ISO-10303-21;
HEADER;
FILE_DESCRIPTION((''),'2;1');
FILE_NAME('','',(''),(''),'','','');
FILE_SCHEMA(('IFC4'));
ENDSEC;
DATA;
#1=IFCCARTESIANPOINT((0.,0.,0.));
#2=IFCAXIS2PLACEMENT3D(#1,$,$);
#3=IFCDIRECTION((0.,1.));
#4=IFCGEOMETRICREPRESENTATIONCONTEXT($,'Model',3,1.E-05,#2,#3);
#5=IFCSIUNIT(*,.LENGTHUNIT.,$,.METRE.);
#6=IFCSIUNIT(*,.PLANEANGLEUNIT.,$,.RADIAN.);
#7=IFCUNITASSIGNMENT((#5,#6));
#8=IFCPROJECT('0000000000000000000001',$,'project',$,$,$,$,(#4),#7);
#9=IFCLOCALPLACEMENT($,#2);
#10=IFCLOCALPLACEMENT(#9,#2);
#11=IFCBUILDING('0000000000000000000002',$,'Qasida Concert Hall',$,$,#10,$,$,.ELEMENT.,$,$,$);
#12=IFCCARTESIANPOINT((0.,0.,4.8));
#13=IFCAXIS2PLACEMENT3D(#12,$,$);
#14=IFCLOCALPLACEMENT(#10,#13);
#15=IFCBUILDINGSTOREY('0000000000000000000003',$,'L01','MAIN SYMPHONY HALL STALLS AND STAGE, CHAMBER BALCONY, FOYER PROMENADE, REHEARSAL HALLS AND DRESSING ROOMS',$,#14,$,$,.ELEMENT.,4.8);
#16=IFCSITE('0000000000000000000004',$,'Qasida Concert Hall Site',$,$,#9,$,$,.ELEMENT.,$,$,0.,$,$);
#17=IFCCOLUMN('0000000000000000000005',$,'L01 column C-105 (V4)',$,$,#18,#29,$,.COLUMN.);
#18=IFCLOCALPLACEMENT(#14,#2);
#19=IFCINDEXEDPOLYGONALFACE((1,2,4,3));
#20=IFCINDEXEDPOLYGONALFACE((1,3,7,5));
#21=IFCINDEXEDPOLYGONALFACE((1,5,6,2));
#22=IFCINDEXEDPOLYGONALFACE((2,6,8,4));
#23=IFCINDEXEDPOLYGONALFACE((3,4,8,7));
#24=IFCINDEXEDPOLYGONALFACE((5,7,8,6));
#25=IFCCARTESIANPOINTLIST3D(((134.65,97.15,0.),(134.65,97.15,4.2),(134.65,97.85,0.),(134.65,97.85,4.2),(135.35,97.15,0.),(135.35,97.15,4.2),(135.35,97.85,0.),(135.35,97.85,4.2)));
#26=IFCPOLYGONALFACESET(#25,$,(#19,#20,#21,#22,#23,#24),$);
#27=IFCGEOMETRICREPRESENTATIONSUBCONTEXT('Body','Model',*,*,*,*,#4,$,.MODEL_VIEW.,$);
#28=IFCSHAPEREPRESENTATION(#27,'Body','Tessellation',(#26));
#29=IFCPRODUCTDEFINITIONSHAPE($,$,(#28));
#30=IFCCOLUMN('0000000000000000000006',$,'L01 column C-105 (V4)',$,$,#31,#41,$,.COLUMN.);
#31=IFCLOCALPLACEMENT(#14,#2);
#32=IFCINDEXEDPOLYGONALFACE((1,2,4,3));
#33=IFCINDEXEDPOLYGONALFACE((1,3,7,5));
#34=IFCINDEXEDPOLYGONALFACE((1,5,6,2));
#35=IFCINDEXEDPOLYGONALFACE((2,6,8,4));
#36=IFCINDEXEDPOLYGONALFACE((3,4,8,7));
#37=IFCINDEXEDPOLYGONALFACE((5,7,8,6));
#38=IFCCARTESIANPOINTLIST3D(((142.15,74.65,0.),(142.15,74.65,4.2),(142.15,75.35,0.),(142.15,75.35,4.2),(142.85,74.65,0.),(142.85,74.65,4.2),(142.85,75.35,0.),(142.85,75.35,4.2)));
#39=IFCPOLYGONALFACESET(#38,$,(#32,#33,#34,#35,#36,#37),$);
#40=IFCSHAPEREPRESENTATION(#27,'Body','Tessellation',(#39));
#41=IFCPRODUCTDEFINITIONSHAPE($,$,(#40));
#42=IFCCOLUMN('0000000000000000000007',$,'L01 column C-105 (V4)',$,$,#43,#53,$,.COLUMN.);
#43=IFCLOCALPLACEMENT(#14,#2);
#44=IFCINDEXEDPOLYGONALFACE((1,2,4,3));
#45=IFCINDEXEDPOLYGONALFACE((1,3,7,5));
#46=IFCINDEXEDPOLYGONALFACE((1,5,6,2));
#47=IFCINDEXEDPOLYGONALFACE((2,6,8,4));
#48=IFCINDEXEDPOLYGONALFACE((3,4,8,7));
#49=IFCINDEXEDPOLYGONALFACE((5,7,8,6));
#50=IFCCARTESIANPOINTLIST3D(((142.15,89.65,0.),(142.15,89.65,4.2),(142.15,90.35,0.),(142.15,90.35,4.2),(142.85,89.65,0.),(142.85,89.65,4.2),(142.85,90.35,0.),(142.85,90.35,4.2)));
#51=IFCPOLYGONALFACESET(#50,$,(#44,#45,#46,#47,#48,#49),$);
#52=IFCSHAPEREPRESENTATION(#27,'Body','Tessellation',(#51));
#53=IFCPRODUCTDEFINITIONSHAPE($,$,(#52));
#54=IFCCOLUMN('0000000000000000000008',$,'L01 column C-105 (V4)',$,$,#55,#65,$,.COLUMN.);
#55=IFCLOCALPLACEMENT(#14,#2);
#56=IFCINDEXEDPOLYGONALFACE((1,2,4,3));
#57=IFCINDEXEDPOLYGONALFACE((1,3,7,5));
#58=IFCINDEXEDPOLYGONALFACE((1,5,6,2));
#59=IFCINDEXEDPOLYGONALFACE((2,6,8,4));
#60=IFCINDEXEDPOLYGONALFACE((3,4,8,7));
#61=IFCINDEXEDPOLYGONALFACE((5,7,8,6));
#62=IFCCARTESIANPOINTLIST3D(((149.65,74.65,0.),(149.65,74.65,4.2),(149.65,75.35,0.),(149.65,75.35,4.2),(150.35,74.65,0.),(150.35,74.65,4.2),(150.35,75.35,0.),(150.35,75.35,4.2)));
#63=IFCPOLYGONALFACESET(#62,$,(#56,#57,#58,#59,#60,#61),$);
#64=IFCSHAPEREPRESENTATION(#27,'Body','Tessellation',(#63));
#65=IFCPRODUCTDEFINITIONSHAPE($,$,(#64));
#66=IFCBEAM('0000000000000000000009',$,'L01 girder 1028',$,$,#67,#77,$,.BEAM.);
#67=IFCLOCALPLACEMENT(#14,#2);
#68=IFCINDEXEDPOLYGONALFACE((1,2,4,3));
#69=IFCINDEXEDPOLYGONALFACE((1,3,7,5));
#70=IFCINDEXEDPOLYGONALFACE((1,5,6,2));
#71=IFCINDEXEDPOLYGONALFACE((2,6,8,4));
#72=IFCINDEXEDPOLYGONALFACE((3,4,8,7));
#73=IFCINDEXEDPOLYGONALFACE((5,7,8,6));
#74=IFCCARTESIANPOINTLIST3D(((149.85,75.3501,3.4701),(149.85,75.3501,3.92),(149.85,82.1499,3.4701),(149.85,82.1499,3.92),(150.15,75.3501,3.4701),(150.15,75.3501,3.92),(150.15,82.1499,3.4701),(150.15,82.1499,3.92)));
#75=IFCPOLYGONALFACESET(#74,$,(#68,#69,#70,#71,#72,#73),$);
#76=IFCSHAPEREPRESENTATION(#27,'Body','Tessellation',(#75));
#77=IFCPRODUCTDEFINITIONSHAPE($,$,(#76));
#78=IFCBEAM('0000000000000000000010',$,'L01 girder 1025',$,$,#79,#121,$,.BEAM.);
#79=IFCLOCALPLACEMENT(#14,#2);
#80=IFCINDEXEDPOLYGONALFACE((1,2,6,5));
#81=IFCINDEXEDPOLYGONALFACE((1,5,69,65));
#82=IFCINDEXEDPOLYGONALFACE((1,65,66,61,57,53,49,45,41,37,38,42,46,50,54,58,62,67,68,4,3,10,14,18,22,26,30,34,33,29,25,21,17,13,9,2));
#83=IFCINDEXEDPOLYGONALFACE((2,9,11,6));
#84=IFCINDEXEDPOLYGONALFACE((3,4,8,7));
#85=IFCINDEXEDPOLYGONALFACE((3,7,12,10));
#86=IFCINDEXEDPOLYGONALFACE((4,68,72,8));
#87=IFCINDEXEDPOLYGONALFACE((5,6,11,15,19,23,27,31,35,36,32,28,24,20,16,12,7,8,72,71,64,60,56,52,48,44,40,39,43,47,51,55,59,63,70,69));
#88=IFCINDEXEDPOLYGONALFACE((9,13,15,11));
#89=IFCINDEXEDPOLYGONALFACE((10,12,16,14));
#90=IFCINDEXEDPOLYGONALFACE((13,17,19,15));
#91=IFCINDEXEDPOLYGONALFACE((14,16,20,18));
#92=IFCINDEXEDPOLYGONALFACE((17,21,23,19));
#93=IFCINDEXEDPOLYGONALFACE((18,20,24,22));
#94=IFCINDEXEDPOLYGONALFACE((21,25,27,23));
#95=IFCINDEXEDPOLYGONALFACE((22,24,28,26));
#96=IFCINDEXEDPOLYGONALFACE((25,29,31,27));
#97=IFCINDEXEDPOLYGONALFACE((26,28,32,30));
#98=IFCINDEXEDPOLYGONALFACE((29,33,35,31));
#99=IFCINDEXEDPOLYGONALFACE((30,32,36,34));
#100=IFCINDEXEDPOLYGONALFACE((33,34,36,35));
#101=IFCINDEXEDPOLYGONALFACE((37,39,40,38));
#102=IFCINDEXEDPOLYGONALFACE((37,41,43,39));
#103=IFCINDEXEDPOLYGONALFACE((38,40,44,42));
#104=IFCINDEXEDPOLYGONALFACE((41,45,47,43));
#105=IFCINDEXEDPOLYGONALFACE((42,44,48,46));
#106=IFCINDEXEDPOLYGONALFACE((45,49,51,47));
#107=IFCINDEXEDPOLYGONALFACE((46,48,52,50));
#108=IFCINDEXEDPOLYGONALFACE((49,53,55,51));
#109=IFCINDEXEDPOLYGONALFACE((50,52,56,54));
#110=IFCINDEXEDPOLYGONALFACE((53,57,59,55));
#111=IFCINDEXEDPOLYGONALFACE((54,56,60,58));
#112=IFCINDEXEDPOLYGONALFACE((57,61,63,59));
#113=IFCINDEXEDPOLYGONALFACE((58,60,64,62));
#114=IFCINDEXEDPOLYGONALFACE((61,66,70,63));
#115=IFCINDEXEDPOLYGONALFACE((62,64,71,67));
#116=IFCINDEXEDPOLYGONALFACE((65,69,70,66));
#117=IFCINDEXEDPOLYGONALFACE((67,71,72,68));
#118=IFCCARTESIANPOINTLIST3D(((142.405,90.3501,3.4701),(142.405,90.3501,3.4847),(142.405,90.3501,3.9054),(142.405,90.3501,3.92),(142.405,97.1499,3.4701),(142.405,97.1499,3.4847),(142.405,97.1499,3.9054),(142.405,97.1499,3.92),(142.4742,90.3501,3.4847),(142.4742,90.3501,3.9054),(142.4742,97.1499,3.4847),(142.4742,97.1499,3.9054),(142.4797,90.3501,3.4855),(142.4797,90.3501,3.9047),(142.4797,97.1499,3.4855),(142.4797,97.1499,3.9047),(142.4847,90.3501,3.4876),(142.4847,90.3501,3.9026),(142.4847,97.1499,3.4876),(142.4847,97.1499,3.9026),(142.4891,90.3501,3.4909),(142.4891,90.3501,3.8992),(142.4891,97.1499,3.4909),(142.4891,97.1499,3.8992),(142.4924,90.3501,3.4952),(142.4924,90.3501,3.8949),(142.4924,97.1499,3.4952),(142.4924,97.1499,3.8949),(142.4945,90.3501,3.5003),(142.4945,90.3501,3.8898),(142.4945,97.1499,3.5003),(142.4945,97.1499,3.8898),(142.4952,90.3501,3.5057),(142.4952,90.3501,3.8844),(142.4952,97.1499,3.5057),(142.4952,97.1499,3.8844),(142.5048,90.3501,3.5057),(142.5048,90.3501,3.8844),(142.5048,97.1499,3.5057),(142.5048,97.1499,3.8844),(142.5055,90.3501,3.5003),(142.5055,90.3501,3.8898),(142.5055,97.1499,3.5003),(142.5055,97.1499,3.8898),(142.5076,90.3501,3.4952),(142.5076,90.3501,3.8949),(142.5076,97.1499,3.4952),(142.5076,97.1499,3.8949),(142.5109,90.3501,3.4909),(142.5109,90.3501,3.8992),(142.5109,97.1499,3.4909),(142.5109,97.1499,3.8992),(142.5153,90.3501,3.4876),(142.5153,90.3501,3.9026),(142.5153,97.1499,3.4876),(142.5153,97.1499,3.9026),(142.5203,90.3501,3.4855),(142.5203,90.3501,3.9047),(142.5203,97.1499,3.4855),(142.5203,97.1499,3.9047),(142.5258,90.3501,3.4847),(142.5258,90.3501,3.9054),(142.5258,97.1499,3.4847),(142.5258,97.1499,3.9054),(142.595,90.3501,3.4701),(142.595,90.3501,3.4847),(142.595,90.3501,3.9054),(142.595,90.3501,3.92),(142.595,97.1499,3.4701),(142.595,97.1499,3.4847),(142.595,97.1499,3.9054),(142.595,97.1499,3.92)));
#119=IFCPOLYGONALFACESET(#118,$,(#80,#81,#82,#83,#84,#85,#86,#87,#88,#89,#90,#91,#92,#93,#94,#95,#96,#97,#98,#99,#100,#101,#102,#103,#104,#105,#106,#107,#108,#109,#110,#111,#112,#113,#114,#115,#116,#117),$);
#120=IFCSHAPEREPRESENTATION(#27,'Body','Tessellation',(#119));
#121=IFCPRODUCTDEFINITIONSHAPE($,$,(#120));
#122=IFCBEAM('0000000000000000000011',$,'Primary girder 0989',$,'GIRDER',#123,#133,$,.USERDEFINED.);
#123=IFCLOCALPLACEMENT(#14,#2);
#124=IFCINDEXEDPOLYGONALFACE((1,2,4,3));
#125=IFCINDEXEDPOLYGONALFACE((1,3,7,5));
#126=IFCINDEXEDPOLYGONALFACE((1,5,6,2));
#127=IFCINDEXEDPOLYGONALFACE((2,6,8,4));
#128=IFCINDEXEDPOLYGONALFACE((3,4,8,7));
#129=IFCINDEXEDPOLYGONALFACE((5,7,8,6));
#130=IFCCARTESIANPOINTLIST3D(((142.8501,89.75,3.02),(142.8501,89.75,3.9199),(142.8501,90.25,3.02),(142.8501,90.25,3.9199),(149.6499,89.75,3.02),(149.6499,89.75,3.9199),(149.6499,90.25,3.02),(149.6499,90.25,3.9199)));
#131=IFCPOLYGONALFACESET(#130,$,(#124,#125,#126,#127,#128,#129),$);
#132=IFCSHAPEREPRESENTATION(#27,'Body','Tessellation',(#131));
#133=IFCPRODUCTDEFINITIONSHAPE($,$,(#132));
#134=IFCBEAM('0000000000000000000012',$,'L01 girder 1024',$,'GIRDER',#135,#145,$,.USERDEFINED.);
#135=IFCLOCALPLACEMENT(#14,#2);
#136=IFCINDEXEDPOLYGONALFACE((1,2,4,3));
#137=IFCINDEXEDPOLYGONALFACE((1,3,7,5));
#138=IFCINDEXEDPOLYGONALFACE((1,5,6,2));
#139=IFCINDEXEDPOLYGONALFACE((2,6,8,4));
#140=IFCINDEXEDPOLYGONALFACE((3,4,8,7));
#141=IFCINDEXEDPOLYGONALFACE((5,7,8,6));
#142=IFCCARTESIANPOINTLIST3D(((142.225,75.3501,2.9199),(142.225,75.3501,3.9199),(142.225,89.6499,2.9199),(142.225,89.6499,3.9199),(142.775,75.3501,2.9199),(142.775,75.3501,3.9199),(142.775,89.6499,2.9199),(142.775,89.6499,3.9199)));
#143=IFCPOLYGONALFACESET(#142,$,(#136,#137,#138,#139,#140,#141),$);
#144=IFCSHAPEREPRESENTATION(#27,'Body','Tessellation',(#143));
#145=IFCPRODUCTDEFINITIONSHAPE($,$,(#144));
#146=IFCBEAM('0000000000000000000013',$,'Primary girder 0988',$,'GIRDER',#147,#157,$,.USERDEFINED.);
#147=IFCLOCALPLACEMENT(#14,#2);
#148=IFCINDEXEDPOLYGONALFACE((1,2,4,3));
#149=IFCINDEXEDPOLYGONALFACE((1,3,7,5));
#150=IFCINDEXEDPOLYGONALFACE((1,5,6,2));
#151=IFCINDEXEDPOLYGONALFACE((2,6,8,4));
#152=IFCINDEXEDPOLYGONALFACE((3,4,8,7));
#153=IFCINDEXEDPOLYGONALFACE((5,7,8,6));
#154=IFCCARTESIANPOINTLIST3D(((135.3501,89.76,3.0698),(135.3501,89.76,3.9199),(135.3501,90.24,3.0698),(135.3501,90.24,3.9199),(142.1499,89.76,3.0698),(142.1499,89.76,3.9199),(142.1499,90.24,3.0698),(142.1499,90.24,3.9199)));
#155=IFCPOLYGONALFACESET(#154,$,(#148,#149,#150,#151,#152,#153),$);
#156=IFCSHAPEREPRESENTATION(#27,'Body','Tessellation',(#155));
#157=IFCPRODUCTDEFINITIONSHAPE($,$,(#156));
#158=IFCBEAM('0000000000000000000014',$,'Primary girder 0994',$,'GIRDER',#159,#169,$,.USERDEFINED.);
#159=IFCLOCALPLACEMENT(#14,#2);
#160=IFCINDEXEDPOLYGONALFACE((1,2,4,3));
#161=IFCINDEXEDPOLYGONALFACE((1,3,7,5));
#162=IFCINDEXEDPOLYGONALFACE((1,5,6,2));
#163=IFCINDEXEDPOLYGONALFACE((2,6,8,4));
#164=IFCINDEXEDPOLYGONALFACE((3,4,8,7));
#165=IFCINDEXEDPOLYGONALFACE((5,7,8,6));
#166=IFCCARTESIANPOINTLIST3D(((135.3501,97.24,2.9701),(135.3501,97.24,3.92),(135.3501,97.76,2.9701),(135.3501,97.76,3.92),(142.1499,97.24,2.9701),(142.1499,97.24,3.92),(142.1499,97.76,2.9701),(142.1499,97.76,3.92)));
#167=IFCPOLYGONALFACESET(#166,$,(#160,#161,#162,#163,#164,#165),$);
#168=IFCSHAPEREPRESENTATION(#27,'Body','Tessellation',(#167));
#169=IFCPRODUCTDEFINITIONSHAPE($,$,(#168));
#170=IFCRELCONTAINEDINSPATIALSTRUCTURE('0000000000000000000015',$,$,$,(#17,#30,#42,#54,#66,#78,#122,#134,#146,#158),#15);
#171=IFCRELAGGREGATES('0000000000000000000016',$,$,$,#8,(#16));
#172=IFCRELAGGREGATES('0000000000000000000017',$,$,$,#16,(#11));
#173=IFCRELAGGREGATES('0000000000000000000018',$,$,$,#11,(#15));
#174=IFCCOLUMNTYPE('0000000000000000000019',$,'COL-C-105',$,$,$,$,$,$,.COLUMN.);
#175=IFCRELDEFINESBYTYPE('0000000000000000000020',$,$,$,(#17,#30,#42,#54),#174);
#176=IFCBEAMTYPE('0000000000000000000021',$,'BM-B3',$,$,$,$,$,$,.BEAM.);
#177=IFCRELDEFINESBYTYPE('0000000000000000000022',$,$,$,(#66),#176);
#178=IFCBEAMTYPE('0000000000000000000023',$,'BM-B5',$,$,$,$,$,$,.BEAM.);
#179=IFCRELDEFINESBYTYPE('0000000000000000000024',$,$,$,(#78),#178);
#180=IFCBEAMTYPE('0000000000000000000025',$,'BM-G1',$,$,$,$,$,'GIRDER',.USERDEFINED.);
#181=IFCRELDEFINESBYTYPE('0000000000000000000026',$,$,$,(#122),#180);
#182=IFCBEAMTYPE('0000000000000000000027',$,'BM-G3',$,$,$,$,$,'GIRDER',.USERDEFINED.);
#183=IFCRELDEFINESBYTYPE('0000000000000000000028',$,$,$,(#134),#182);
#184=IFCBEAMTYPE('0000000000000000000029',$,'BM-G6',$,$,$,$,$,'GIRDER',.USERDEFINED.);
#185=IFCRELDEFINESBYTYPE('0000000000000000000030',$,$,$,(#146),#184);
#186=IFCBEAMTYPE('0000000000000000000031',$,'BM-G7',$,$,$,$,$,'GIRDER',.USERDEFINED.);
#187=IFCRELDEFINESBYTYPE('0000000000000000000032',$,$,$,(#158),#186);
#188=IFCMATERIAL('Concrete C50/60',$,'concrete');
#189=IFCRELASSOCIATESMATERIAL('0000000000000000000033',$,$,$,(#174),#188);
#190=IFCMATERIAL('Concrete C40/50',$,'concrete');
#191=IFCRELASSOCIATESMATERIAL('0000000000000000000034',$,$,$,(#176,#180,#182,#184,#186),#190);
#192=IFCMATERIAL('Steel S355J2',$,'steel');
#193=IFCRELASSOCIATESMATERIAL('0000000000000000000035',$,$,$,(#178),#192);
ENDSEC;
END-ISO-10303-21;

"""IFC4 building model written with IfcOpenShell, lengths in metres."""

from ifc_helpers import new_model, si_unit, direction, frame, origin, origin_2d, place, context, subcontext, project, spatial, rectangle, i_section, extrude, material, material_profile, profile_set, type_object, element, save


model = new_model("IFC4")

# Units and contexts
model_context = context("Model", 3, precision=1e-05, world=origin(), true_north=direction((0.0, 1.0)))
body_context = subcontext(model_context, "Body", "Model", "MODEL_VIEW")
ifc_project = project(units=[si_unit("LENGTHUNIT", "METRE"), si_unit("PLANEANGLEUNIT", "RADIAN")], contexts=[model_context])

# Site, building, storey
site_placement = place(None, origin())
site = spatial("IfcSite", under=ifc_project, at=site_placement, Name="Qasida Concert Hall Site", CompositionType="ELEMENT", RefElevation=0.0)
building_placement = place(site_placement, origin())
building = spatial("IfcBuilding", under=site, at=building_placement, Name="Qasida Concert Hall", CompositionType="ELEMENT")
storey_placement = place(building_placement, frame((0.0, 0.0, 4.8)))
storey = spatial("IfcBuildingStorey", under=building, at=storey_placement, Name="L01", Description="MAIN SYMPHONY HALL STALLS AND STAGE, CHAMBER BALCONY, FOYER PROMENADE, REHEARSAL HALLS AND DRESSING ROOMS", CompositionType="ELEMENT", Elevation=4.8)

# Columns
ifc_material_1 = material(Name="Concrete C50/60", Category="concrete")
ifc_material_profile_1 = material_profile(ifc_material_1, rectangle(XDim=0.7, YDim=0.7, at=origin_2d()), Name="RC 700x700")
ifc_profile_set_1 = profile_set([ifc_material_profile_1], Name="Concrete C50/60")
column_type = type_object("IfcColumnType", Name="COL-C-105", PredefinedType="COLUMN", material=ifc_profile_set_1)
for number, where, z_axis, x_axis, name in (
    (1, (135.0, 97.5, 0.0), (0.0, 0.0, 1.0), (1.0, 0.0, 0.0), "L01 column C-105 (V4)"),
    (2, (142.5, 75.0, 0.0), (0.0, 0.0, 1.0), (1.0, 0.0, 0.0), "L01 column C-105 (V4)"),
    (3, (142.5, 90.0, 0.0), (0.0, 0.0, 1.0), (1.0, 0.0, 0.0), "L01 column C-105 (V4)"),
    (4, (150.0, 75.0, 0.0), (0.0, 0.0, 1.0), (1.0, 0.0, 0.0), "L01 column C-105 (V4)"),
):
    element("IfcColumn", number, at=place(storey_placement, frame(where, z_axis=z_axis, x_axis=x_axis)), inside=storey, type_object=column_type, Name=name, PredefinedType="COLUMN", context=body_context, shape_type="SweptSolid", body=[
        extrude(rectangle(XDim=0.7, YDim=0.7, at=origin_2d()), origin(), (0.0, 0.0, 1.0), 4.2),
    ])

# Beams
ifc_material_2 = material(Name="Concrete C40/50", Category="concrete")
ifc_material_profile_2 = material_profile(ifc_material_2, rectangle(XDim=0.3, YDim=0.45, at=origin_2d()), Name="RC 300x450")
ifc_profile_set_2 = profile_set([ifc_material_profile_2], Name="Concrete C40/50")
beam_type_1 = type_object("IfcBeamType", Name="BM-B3", PredefinedType="BEAM", material=ifc_profile_set_2)
beam_1_placement = place(storey_placement, frame((150.0, 75.3501, 3.6951), z_axis=(0.0, 1.0, 0.0), x_axis=(-1.0, 0.0, 0.0)))
element("IfcBeam", 5, at=beam_1_placement, inside=storey, type_object=beam_type_1, Name="L01 girder 1028", PredefinedType="BEAM", context=body_context, shape_type="SweptSolid", body=[
    extrude(rectangle(XDim=0.3, YDim=0.45, at=origin_2d()), origin(), (0.0, 0.0, 1.0), 6.7998),
])
ifc_material_3 = material(Name="Steel S355J2", Category="steel")
ifc_material_profile_3 = material_profile(ifc_material_3, i_section(OverallWidth=0.1899, OverallDepth=0.45, WebThickness=0.0095, FlangeThickness=0.0146, FilletRadius=0.021, at=origin_2d()), Name="IPE 450")
ifc_profile_set_3 = profile_set([ifc_material_profile_3], Name="Steel S355J2")
beam_type_2 = type_object("IfcBeamType", Name="BM-B5", PredefinedType="BEAM", material=ifc_profile_set_3)
beam_2_placement = place(storey_placement, frame((142.5, 90.3501, 3.6951), z_axis=(0.0, 1.0, 0.0), x_axis=(-1.0, 0.0, 0.0)))
element("IfcBeam", 6, at=beam_2_placement, inside=storey, type_object=beam_type_2, Name="L01 girder 1025", PredefinedType="BEAM", context=body_context, shape_type="SweptSolid", body=[
    extrude(i_section(OverallWidth=0.1899, OverallDepth=0.45, WebThickness=0.0095, FlangeThickness=0.0146, FilletRadius=0.021, at=origin_2d()), origin(), (0.0, 0.0, 1.0), 6.7998),
])
ifc_material_profile_4 = material_profile(ifc_material_2, rectangle(XDim=0.5, YDim=0.8999, at=origin_2d()), Name="RC 500x900")
ifc_profile_set_4 = profile_set([ifc_material_profile_4], Name="Concrete C40/50")
beam_type_3 = type_object("IfcBeamType", Name="BM-G1", ElementType="GIRDER", PredefinedType="USERDEFINED", material=ifc_profile_set_4)
beam_3_placement = place(storey_placement, frame((142.8501, 90.0, 3.47), z_axis=(1.0, 0.0, 0.0), x_axis=(0.0, 1.0, 0.0)))
element("IfcBeam", 7, at=beam_3_placement, inside=storey, type_object=beam_type_3, Name="Primary girder 0989", ObjectType="GIRDER", PredefinedType="USERDEFINED", context=body_context, shape_type="SweptSolid", body=[
    extrude(rectangle(XDim=0.5, YDim=0.8999, at=origin_2d()), origin(), (0.0, 0.0, 1.0), 6.7998),
])
ifc_material_profile_5 = material_profile(ifc_material_2, rectangle(XDim=0.55, YDim=1.0, at=origin_2d()), Name="RC 550x1000")
ifc_profile_set_5 = profile_set([ifc_material_profile_5], Name="Concrete C40/50")
beam_type_4 = type_object("IfcBeamType", Name="BM-G3", ElementType="GIRDER", PredefinedType="USERDEFINED", material=ifc_profile_set_5)
beam_4_placement = place(storey_placement, frame((142.5, 75.3501, 3.4199), z_axis=(0.0, 1.0, 0.0), x_axis=(-1.0, 0.0, 0.0)))
element("IfcBeam", 8, at=beam_4_placement, inside=storey, type_object=beam_type_4, Name="L01 girder 1024", ObjectType="GIRDER", PredefinedType="USERDEFINED", context=body_context, shape_type="SweptSolid", body=[
    extrude(rectangle(XDim=0.55, YDim=1.0, at=origin_2d()), origin(), (0.0, 0.0, 1.0), 14.2998),
])
ifc_material_profile_6 = material_profile(ifc_material_2, rectangle(XDim=0.48, YDim=0.8501, at=origin_2d()), Name="RC 480x850")
ifc_profile_set_6 = profile_set([ifc_material_profile_6], Name="Concrete C40/50")
beam_type_5 = type_object("IfcBeamType", Name="BM-G6", ElementType="GIRDER", PredefinedType="USERDEFINED", material=ifc_profile_set_6)
beam_5_placement = place(storey_placement, frame((135.3501, 90.0, 3.4949), z_axis=(1.0, 0.0, 0.0), x_axis=(0.0, 1.0, 0.0)))
element("IfcBeam", 9, at=beam_5_placement, inside=storey, type_object=beam_type_5, Name="Primary girder 0988", ObjectType="GIRDER", PredefinedType="USERDEFINED", context=body_context, shape_type="SweptSolid", body=[
    extrude(rectangle(XDim=0.48, YDim=0.8501, at=origin_2d()), origin(), (0.0, 0.0, 1.0), 6.7998),
])
ifc_material_profile_7 = material_profile(ifc_material_2, rectangle(XDim=0.52, YDim=0.95, at=origin_2d()), Name="RC 520x950")
ifc_profile_set_7 = profile_set([ifc_material_profile_7], Name="Concrete C40/50")
beam_type_6 = type_object("IfcBeamType", Name="BM-G7", ElementType="GIRDER", PredefinedType="USERDEFINED", material=ifc_profile_set_7)
beam_6_placement = place(storey_placement, frame((135.3501, 97.5, 3.4451), z_axis=(1.0, 0.0, 0.0), x_axis=(0.0, 1.0, 0.0)))
element("IfcBeam", 10, at=beam_6_placement, inside=storey, type_object=beam_type_6, Name="Primary girder 0994", ObjectType="GIRDER", PredefinedType="USERDEFINED", context=body_context, shape_type="SweptSolid", body=[
    extrude(rectangle(XDim=0.52, YDim=0.95, at=origin_2d()), origin(), (0.0, 0.0, 1.0), 6.7998),
])

save(model, "model.ifc")
